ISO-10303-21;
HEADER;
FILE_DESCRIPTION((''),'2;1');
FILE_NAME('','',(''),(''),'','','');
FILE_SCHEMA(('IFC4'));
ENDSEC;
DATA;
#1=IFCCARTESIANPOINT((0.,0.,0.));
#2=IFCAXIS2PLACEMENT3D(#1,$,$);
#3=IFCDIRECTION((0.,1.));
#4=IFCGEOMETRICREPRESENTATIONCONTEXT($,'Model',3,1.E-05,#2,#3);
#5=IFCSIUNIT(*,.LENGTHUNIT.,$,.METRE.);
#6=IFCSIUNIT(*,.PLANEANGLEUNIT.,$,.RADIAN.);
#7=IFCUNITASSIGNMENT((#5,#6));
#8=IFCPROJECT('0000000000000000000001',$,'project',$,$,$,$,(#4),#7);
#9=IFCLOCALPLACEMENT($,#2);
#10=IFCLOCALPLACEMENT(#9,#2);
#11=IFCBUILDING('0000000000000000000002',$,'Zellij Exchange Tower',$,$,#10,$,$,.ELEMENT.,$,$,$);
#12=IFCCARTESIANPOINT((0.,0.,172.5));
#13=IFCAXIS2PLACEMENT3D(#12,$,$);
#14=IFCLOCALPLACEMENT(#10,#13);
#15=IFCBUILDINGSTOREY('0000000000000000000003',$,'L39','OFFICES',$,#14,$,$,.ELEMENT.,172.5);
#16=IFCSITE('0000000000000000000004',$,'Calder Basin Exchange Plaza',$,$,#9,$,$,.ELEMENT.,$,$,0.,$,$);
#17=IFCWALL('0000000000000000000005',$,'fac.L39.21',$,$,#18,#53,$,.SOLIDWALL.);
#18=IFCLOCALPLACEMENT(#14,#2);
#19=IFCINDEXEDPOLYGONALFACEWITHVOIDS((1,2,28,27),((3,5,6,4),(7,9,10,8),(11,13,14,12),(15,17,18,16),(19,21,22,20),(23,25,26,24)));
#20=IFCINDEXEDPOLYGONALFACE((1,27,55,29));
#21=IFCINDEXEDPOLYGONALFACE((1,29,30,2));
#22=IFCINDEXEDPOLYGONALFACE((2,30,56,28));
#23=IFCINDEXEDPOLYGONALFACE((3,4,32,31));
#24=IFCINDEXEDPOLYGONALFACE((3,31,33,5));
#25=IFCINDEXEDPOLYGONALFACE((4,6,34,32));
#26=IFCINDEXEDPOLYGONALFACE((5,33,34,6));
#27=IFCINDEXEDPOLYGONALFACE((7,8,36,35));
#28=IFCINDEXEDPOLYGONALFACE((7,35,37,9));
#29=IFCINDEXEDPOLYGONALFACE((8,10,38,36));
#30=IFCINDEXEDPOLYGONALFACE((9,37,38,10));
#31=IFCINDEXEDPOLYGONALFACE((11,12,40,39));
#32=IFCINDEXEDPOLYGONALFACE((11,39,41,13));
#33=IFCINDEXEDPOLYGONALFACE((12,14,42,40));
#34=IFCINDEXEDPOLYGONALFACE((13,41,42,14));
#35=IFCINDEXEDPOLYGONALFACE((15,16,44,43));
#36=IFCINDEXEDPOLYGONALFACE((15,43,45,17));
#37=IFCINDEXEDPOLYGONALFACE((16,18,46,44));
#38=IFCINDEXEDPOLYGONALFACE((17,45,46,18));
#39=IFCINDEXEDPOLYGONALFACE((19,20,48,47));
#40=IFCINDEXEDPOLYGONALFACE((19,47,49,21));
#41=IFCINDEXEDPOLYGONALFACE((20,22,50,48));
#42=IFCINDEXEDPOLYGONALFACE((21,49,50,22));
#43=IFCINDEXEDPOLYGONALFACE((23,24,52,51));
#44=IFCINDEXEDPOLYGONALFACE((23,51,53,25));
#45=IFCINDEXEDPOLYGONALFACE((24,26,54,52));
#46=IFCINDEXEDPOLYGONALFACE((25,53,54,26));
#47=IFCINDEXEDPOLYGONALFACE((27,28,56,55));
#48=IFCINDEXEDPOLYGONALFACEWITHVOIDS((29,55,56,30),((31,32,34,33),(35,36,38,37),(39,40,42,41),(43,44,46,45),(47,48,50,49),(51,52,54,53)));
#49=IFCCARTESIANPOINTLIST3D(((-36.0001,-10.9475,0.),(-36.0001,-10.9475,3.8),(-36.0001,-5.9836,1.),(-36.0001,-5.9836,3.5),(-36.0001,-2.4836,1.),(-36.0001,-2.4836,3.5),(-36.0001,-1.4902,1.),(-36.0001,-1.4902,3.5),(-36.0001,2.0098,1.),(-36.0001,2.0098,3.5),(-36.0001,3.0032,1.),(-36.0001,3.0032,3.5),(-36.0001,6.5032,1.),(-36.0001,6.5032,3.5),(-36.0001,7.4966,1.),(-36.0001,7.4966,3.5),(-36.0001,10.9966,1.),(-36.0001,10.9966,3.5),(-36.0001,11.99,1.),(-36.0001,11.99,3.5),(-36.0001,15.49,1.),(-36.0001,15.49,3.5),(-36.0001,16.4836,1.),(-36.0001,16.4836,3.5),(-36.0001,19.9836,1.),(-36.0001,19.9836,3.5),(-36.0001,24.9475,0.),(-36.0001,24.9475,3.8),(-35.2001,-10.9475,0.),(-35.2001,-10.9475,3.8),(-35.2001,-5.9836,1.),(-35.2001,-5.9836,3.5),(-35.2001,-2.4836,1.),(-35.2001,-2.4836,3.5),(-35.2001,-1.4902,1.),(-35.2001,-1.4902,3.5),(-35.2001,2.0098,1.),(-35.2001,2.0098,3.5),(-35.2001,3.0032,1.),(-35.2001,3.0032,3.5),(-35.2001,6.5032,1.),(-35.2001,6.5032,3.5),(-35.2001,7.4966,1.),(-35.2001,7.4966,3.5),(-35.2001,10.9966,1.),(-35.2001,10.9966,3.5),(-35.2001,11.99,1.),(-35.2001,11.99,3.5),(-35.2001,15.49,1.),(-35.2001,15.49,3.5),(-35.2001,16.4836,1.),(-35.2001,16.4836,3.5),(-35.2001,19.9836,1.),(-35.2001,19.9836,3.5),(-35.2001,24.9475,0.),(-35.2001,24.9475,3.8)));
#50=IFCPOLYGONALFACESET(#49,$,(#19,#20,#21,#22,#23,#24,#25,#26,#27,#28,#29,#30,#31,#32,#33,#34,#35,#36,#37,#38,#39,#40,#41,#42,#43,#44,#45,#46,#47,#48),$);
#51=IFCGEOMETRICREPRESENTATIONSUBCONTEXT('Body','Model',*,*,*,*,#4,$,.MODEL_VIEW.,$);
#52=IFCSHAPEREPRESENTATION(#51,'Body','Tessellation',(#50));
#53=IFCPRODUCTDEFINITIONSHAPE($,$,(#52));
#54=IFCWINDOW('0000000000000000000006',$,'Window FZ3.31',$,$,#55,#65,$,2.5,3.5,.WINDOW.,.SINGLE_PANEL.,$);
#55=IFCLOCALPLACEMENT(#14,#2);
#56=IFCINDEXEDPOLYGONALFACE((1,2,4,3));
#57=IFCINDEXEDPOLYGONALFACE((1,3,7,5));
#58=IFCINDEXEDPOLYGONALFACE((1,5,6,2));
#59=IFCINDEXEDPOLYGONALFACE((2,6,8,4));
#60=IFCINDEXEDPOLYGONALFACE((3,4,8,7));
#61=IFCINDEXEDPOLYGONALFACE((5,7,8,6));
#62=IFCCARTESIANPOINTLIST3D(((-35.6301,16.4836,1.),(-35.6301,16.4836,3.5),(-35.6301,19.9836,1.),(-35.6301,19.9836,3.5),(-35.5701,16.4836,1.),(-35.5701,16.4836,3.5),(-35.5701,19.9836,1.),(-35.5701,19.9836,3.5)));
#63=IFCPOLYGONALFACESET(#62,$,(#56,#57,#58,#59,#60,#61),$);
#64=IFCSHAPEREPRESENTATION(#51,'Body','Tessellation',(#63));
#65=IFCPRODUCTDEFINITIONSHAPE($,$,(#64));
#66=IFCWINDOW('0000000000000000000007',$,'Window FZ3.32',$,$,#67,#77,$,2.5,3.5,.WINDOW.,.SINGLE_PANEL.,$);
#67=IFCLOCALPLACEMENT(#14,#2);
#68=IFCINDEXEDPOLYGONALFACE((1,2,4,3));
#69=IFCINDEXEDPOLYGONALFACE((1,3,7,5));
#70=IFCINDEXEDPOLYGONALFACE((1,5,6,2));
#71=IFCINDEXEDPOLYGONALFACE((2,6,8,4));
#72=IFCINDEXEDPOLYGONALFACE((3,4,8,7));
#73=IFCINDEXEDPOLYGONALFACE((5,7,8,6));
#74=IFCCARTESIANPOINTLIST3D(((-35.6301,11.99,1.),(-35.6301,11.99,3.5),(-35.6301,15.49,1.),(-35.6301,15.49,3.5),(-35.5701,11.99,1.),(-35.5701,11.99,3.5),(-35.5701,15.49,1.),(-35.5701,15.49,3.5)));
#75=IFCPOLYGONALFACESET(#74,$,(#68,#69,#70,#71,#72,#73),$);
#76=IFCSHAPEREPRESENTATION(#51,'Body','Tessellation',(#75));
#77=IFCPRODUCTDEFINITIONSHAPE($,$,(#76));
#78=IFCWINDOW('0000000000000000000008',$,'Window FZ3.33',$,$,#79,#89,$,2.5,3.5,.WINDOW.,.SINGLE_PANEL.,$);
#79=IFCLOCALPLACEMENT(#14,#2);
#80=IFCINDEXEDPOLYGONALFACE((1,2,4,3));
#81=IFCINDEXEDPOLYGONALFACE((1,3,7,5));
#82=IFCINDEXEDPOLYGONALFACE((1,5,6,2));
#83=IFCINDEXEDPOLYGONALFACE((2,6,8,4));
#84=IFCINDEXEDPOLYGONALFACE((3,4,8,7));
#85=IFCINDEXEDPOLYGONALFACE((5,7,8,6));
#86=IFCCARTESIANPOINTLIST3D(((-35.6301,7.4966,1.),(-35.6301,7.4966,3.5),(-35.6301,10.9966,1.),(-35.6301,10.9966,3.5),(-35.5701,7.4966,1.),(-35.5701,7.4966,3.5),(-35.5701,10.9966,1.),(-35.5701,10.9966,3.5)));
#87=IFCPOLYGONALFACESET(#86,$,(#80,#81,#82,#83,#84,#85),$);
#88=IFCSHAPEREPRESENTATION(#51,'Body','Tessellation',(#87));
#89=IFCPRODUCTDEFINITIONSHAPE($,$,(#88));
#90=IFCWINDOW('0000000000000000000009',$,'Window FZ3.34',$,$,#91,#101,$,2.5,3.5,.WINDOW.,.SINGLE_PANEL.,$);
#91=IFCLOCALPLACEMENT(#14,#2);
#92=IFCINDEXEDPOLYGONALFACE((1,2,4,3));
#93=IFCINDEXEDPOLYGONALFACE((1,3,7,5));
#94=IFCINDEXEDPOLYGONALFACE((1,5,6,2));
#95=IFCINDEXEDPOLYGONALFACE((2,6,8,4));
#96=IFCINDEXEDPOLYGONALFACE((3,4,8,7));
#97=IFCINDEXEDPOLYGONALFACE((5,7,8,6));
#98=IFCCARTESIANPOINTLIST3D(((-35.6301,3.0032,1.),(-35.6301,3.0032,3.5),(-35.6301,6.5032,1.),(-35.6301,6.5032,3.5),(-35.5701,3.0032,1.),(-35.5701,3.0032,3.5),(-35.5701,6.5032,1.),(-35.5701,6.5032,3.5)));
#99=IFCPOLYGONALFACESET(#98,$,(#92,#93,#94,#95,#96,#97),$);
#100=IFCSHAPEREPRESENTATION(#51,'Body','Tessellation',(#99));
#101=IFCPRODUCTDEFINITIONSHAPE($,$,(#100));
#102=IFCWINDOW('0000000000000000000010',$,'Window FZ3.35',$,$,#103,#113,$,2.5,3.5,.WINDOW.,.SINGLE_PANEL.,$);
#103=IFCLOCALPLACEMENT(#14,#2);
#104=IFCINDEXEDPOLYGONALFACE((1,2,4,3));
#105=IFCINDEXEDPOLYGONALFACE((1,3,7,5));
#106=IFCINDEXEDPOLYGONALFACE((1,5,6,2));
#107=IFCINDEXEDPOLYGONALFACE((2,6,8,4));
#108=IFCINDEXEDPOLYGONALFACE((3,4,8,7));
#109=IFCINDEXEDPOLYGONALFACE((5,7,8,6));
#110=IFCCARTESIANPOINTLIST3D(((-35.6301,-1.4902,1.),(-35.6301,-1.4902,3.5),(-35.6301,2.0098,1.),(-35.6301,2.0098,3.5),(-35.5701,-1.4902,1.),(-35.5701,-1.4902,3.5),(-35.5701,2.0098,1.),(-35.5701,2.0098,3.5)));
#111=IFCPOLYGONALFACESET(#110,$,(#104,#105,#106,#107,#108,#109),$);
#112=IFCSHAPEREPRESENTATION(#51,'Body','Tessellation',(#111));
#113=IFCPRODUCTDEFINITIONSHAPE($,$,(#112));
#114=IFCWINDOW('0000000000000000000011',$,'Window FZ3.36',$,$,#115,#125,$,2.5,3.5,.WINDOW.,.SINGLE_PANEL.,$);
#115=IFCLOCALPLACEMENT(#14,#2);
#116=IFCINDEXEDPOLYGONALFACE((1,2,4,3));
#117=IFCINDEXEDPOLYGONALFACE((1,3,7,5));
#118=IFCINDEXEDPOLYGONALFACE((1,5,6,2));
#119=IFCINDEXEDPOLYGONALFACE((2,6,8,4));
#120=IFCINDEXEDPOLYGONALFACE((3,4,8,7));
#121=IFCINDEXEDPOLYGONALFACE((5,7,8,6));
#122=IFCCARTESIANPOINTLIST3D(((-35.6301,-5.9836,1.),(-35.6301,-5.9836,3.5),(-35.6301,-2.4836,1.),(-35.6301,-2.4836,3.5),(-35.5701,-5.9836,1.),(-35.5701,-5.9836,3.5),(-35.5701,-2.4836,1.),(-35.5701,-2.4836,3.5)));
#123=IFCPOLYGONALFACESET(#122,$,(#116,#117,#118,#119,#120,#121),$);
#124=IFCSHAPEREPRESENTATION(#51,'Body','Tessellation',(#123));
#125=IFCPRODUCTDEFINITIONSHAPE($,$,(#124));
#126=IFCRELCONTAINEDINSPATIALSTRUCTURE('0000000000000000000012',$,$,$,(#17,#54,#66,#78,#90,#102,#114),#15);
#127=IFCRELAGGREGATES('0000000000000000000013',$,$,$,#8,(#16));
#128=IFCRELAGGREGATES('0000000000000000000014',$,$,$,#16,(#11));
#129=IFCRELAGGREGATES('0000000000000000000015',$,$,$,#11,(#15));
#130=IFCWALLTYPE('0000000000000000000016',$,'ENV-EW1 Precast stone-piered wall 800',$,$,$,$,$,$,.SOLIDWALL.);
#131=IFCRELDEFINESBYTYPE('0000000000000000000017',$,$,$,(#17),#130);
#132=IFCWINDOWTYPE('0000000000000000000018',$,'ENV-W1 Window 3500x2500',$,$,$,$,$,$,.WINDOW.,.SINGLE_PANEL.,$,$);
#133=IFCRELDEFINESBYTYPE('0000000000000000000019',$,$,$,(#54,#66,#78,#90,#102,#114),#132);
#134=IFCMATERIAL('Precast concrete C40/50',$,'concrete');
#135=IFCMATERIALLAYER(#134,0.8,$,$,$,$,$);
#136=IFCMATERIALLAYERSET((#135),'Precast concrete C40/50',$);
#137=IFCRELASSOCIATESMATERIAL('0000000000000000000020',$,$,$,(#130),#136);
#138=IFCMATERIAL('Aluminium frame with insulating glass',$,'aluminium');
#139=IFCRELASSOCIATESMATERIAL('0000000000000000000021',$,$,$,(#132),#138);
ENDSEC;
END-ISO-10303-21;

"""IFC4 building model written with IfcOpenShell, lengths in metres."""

from ifc_helpers import new_model, si_unit, direction, frame, frame_2d, origin, place, context, subcontext, project, spatial, rectangle, extrude, material, layer, layer_set, type_object, element, fill, save


model = new_model("IFC4")

# Units and contexts
model_context = context("Model", 3, precision=1e-05, world=origin(), true_north=direction((0.0, 1.0)))
body_context = subcontext(model_context, "Body", "Model", "MODEL_VIEW")
ifc_project = project(units=[si_unit("LENGTHUNIT", "METRE"), si_unit("PLANEANGLEUNIT", "RADIAN")], contexts=[model_context])

# Site, building, storey
site_placement = place(None, origin())
site = spatial("IfcSite", under=ifc_project, at=site_placement, Name="Calder Basin Exchange Plaza", CompositionType="ELEMENT", RefElevation=0.0)
building_placement = place(site_placement, origin())
building = spatial("IfcBuilding", under=site, at=building_placement, Name="Zellij Exchange Tower", CompositionType="ELEMENT")
storey_placement = place(building_placement, frame((0.0, 0.0, 172.5)))
storey = spatial("IfcBuildingStorey", under=building, at=storey_placement, Name="L39", Description="OFFICES", CompositionType="ELEMENT", Elevation=172.5)

# Shared definitions
ifc_material_1 = material(Name="Precast concrete C40/50", Category="concrete")
ifc_layer_1 = layer(ifc_material_1, 0.8)
ifc_layer_set_1 = layer_set([ifc_layer_1], Name="Precast concrete C40/50")
wall_type_1 = type_object("IfcWallType", Name="ENV-EW1 Precast stone-piered wall 800", PredefinedType="SOLIDWALL", material=ifc_layer_set_1)

# Wall, openings, windows
wall_1_placement = place(storey_placement, frame((-35.6001, 24.9475, 0.0), z_axis=(0.0, 0.0, 1.0), x_axis=(0.0, -1.0, 0.0)))
wall_1 = element("IfcWall", 1, at=wall_1_placement, inside=storey, type_object=wall_type_1, Name="fac.L39.21", PredefinedType="SOLIDWALL", context=body_context, shape_type="SweptSolid", body=[
    extrude(rectangle(XDim=35.895, YDim=0.8, at=frame_2d((17.9475, 0.0))), origin(), (0.0, 0.0, 1.0), 3.8),
])
opening_1_placement = place(wall_1_placement, frame((4.9639, 0.0, 1.0)))
opening_1 = element("IfcOpeningElement", 2, at=opening_1_placement, cuts=wall_1, PredefinedType="OPENING", context=body_context, shape_type="SweptSolid", body=[
    extrude(rectangle(XDim=3.5, YDim=2.5, at=frame_2d((1.75, 1.25))), frame((0.0, 0.4121, 0.0), z_axis=(0.0, -1.0, 0.0), x_axis=(1.0, 0.0, 0.0)), (0.0, 0.0, 1.0), 0.824),
])
opening_2_placement = place(wall_1_placement, frame((9.4575, 0.0, 1.0)))
opening_2 = element("IfcOpeningElement", 3, at=opening_2_placement, cuts=wall_1, PredefinedType="OPENING", context=body_context, shape_type="SweptSolid", body=[
    extrude(rectangle(XDim=3.5, YDim=2.5, at=frame_2d((1.75, 1.25))), frame((0.0, 0.4121, 0.0), z_axis=(0.0, -1.0, 0.0), x_axis=(1.0, 0.0, 0.0)), (0.0, 0.0, 1.0), 0.824),
])
opening_3_placement = place(wall_1_placement, frame((13.9509, 0.0, 1.0)))
opening_3 = element("IfcOpeningElement", 4, at=opening_3_placement, cuts=wall_1, PredefinedType="OPENING", context=body_context, shape_type="SweptSolid", body=[
    extrude(rectangle(XDim=3.5, YDim=2.5, at=frame_2d((1.75, 1.25))), frame((0.0, 0.4121, 0.0), z_axis=(0.0, -1.0, 0.0), x_axis=(1.0, 0.0, 0.0)), (0.0, 0.0, 1.0), 0.824),
])
opening_4_placement = place(wall_1_placement, frame((18.4443, 0.0, 1.0)))
opening_4 = element("IfcOpeningElement", 5, at=opening_4_placement, cuts=wall_1, PredefinedType="OPENING", context=body_context, shape_type="SweptSolid", body=[
    extrude(rectangle(XDim=3.5, YDim=2.5, at=frame_2d((1.75, 1.25))), frame((0.0, 0.4121, 0.0), z_axis=(0.0, -1.0, 0.0), x_axis=(1.0, 0.0, 0.0)), (0.0, 0.0, 1.0), 0.824),
])
opening_5_placement = place(wall_1_placement, frame((22.9377, 0.0, 1.0)))
opening_5 = element("IfcOpeningElement", 6, at=opening_5_placement, cuts=wall_1, PredefinedType="OPENING", context=body_context, shape_type="SweptSolid", body=[
    extrude(rectangle(XDim=3.5, YDim=2.5, at=frame_2d((1.75, 1.25))), frame((0.0, 0.4121, 0.0), z_axis=(0.0, -1.0, 0.0), x_axis=(1.0, 0.0, 0.0)), (0.0, 0.0, 1.0), 0.824),
])
opening_6_placement = place(wall_1_placement, frame((27.4312, 0.0, 1.0)))
opening_6 = element("IfcOpeningElement", 7, at=opening_6_placement, cuts=wall_1, PredefinedType="OPENING", context=body_context, shape_type="SweptSolid", body=[
    extrude(rectangle(XDim=3.5, YDim=2.5, at=frame_2d((1.75, 1.25))), frame((0.0, 0.4121, 0.0), z_axis=(0.0, -1.0, 0.0), x_axis=(1.0, 0.0, 0.0)), (0.0, 0.0, 1.0), 0.824),
])
ifc_material_2 = material(Name="Aluminium frame with insulating glass", Category="aluminium")
window_type = type_object("IfcWindowType", Name="ENV-W1 Window 3500x2500", PartitioningType="SINGLE_PANEL", PredefinedType="WINDOW", material=ifc_material_2)
window_1_placement = place(opening_1_placement, origin())
window_1 = element("IfcWindow", 8, at=window_1_placement, inside=storey, type_object=window_type, Name="Window FZ3.31", OverallHeight=2.5, OverallWidth=3.5, PartitioningType="SINGLE_PANEL", PredefinedType="WINDOW", context=body_context, shape_type="SweptSolid", body=[
    extrude(rectangle(XDim=3.5, YDim=2.5, at=frame_2d((1.75, 1.25))), frame((0.0, 0.03, 0.0), z_axis=(0.0, -1.0, 0.0), x_axis=(1.0, 0.0, 0.0)), (0.0, 0.0, 1.0), 0.0601),
])
fill(opening_1, window_1)
window_2_placement = place(opening_2_placement, origin())
window_2 = element("IfcWindow", 9, at=window_2_placement, inside=storey, type_object=window_type, Name="Window FZ3.32", OverallHeight=2.5, OverallWidth=3.5, PartitioningType="SINGLE_PANEL", PredefinedType="WINDOW", context=body_context, shape_type="SweptSolid", body=[
    extrude(rectangle(XDim=3.5, YDim=2.5, at=frame_2d((1.75, 1.25))), frame((0.0, 0.03, 0.0), z_axis=(0.0, -1.0, 0.0), x_axis=(1.0, 0.0, 0.0)), (0.0, 0.0, 1.0), 0.0601),
])
fill(opening_2, window_2)
window_3_placement = place(opening_3_placement, origin())
window_3 = element("IfcWindow", 10, at=window_3_placement, inside=storey, type_object=window_type, Name="Window FZ3.33", OverallHeight=2.5, OverallWidth=3.5, PartitioningType="SINGLE_PANEL", PredefinedType="WINDOW", context=body_context, shape_type="SweptSolid", body=[
    extrude(rectangle(XDim=3.5, YDim=2.5, at=frame_2d((1.75, 1.25))), frame((0.0, 0.03, 0.0), z_axis=(0.0, -1.0, 0.0), x_axis=(1.0, 0.0, 0.0)), (0.0, 0.0, 1.0), 0.0601),
])
fill(opening_3, window_3)
window_4_placement = place(opening_4_placement, origin())
window_4 = element("IfcWindow", 11, at=window_4_placement, inside=storey, type_object=window_type, Name="Window FZ3.34", OverallHeight=2.5, OverallWidth=3.5, PartitioningType="SINGLE_PANEL", PredefinedType="WINDOW", context=body_context, shape_type="SweptSolid", body=[
    extrude(rectangle(XDim=3.5, YDim=2.5, at=frame_2d((1.75, 1.25))), frame((0.0, 0.03, 0.0), z_axis=(0.0, -1.0, 0.0), x_axis=(1.0, 0.0, 0.0)), (0.0, 0.0, 1.0), 0.0601),
])
fill(opening_4, window_4)
window_5_placement = place(opening_5_placement, origin())
window_5 = element("IfcWindow", 12, at=window_5_placement, inside=storey, type_object=window_type, Name="Window FZ3.35", OverallHeight=2.5, OverallWidth=3.5, PartitioningType="SINGLE_PANEL", PredefinedType="WINDOW", context=body_context, shape_type="SweptSolid", body=[
    extrude(rectangle(XDim=3.5, YDim=2.5, at=frame_2d((1.75, 1.25))), frame((0.0, 0.03, 0.0), z_axis=(0.0, -1.0, 0.0), x_axis=(1.0, 0.0, 0.0)), (0.0, 0.0, 1.0), 0.0601),
])
fill(opening_5, window_5)
window_6_placement = place(opening_6_placement, origin())
window_6 = element("IfcWindow", 13, at=window_6_placement, inside=storey, type_object=window_type, Name="Window FZ3.36", OverallHeight=2.5, OverallWidth=3.5, PartitioningType="SINGLE_PANEL", PredefinedType="WINDOW", context=body_context, shape_type="SweptSolid", body=[
    extrude(rectangle(XDim=3.5, YDim=2.5, at=frame_2d((1.75, 1.25))), frame((0.0, 0.03, 0.0), z_axis=(0.0, -1.0, 0.0), x_axis=(1.0, 0.0, 0.0)), (0.0, 0.0, 1.0), 0.0601),
])
fill(opening_6, window_6)

save(model, "model.ifc")
